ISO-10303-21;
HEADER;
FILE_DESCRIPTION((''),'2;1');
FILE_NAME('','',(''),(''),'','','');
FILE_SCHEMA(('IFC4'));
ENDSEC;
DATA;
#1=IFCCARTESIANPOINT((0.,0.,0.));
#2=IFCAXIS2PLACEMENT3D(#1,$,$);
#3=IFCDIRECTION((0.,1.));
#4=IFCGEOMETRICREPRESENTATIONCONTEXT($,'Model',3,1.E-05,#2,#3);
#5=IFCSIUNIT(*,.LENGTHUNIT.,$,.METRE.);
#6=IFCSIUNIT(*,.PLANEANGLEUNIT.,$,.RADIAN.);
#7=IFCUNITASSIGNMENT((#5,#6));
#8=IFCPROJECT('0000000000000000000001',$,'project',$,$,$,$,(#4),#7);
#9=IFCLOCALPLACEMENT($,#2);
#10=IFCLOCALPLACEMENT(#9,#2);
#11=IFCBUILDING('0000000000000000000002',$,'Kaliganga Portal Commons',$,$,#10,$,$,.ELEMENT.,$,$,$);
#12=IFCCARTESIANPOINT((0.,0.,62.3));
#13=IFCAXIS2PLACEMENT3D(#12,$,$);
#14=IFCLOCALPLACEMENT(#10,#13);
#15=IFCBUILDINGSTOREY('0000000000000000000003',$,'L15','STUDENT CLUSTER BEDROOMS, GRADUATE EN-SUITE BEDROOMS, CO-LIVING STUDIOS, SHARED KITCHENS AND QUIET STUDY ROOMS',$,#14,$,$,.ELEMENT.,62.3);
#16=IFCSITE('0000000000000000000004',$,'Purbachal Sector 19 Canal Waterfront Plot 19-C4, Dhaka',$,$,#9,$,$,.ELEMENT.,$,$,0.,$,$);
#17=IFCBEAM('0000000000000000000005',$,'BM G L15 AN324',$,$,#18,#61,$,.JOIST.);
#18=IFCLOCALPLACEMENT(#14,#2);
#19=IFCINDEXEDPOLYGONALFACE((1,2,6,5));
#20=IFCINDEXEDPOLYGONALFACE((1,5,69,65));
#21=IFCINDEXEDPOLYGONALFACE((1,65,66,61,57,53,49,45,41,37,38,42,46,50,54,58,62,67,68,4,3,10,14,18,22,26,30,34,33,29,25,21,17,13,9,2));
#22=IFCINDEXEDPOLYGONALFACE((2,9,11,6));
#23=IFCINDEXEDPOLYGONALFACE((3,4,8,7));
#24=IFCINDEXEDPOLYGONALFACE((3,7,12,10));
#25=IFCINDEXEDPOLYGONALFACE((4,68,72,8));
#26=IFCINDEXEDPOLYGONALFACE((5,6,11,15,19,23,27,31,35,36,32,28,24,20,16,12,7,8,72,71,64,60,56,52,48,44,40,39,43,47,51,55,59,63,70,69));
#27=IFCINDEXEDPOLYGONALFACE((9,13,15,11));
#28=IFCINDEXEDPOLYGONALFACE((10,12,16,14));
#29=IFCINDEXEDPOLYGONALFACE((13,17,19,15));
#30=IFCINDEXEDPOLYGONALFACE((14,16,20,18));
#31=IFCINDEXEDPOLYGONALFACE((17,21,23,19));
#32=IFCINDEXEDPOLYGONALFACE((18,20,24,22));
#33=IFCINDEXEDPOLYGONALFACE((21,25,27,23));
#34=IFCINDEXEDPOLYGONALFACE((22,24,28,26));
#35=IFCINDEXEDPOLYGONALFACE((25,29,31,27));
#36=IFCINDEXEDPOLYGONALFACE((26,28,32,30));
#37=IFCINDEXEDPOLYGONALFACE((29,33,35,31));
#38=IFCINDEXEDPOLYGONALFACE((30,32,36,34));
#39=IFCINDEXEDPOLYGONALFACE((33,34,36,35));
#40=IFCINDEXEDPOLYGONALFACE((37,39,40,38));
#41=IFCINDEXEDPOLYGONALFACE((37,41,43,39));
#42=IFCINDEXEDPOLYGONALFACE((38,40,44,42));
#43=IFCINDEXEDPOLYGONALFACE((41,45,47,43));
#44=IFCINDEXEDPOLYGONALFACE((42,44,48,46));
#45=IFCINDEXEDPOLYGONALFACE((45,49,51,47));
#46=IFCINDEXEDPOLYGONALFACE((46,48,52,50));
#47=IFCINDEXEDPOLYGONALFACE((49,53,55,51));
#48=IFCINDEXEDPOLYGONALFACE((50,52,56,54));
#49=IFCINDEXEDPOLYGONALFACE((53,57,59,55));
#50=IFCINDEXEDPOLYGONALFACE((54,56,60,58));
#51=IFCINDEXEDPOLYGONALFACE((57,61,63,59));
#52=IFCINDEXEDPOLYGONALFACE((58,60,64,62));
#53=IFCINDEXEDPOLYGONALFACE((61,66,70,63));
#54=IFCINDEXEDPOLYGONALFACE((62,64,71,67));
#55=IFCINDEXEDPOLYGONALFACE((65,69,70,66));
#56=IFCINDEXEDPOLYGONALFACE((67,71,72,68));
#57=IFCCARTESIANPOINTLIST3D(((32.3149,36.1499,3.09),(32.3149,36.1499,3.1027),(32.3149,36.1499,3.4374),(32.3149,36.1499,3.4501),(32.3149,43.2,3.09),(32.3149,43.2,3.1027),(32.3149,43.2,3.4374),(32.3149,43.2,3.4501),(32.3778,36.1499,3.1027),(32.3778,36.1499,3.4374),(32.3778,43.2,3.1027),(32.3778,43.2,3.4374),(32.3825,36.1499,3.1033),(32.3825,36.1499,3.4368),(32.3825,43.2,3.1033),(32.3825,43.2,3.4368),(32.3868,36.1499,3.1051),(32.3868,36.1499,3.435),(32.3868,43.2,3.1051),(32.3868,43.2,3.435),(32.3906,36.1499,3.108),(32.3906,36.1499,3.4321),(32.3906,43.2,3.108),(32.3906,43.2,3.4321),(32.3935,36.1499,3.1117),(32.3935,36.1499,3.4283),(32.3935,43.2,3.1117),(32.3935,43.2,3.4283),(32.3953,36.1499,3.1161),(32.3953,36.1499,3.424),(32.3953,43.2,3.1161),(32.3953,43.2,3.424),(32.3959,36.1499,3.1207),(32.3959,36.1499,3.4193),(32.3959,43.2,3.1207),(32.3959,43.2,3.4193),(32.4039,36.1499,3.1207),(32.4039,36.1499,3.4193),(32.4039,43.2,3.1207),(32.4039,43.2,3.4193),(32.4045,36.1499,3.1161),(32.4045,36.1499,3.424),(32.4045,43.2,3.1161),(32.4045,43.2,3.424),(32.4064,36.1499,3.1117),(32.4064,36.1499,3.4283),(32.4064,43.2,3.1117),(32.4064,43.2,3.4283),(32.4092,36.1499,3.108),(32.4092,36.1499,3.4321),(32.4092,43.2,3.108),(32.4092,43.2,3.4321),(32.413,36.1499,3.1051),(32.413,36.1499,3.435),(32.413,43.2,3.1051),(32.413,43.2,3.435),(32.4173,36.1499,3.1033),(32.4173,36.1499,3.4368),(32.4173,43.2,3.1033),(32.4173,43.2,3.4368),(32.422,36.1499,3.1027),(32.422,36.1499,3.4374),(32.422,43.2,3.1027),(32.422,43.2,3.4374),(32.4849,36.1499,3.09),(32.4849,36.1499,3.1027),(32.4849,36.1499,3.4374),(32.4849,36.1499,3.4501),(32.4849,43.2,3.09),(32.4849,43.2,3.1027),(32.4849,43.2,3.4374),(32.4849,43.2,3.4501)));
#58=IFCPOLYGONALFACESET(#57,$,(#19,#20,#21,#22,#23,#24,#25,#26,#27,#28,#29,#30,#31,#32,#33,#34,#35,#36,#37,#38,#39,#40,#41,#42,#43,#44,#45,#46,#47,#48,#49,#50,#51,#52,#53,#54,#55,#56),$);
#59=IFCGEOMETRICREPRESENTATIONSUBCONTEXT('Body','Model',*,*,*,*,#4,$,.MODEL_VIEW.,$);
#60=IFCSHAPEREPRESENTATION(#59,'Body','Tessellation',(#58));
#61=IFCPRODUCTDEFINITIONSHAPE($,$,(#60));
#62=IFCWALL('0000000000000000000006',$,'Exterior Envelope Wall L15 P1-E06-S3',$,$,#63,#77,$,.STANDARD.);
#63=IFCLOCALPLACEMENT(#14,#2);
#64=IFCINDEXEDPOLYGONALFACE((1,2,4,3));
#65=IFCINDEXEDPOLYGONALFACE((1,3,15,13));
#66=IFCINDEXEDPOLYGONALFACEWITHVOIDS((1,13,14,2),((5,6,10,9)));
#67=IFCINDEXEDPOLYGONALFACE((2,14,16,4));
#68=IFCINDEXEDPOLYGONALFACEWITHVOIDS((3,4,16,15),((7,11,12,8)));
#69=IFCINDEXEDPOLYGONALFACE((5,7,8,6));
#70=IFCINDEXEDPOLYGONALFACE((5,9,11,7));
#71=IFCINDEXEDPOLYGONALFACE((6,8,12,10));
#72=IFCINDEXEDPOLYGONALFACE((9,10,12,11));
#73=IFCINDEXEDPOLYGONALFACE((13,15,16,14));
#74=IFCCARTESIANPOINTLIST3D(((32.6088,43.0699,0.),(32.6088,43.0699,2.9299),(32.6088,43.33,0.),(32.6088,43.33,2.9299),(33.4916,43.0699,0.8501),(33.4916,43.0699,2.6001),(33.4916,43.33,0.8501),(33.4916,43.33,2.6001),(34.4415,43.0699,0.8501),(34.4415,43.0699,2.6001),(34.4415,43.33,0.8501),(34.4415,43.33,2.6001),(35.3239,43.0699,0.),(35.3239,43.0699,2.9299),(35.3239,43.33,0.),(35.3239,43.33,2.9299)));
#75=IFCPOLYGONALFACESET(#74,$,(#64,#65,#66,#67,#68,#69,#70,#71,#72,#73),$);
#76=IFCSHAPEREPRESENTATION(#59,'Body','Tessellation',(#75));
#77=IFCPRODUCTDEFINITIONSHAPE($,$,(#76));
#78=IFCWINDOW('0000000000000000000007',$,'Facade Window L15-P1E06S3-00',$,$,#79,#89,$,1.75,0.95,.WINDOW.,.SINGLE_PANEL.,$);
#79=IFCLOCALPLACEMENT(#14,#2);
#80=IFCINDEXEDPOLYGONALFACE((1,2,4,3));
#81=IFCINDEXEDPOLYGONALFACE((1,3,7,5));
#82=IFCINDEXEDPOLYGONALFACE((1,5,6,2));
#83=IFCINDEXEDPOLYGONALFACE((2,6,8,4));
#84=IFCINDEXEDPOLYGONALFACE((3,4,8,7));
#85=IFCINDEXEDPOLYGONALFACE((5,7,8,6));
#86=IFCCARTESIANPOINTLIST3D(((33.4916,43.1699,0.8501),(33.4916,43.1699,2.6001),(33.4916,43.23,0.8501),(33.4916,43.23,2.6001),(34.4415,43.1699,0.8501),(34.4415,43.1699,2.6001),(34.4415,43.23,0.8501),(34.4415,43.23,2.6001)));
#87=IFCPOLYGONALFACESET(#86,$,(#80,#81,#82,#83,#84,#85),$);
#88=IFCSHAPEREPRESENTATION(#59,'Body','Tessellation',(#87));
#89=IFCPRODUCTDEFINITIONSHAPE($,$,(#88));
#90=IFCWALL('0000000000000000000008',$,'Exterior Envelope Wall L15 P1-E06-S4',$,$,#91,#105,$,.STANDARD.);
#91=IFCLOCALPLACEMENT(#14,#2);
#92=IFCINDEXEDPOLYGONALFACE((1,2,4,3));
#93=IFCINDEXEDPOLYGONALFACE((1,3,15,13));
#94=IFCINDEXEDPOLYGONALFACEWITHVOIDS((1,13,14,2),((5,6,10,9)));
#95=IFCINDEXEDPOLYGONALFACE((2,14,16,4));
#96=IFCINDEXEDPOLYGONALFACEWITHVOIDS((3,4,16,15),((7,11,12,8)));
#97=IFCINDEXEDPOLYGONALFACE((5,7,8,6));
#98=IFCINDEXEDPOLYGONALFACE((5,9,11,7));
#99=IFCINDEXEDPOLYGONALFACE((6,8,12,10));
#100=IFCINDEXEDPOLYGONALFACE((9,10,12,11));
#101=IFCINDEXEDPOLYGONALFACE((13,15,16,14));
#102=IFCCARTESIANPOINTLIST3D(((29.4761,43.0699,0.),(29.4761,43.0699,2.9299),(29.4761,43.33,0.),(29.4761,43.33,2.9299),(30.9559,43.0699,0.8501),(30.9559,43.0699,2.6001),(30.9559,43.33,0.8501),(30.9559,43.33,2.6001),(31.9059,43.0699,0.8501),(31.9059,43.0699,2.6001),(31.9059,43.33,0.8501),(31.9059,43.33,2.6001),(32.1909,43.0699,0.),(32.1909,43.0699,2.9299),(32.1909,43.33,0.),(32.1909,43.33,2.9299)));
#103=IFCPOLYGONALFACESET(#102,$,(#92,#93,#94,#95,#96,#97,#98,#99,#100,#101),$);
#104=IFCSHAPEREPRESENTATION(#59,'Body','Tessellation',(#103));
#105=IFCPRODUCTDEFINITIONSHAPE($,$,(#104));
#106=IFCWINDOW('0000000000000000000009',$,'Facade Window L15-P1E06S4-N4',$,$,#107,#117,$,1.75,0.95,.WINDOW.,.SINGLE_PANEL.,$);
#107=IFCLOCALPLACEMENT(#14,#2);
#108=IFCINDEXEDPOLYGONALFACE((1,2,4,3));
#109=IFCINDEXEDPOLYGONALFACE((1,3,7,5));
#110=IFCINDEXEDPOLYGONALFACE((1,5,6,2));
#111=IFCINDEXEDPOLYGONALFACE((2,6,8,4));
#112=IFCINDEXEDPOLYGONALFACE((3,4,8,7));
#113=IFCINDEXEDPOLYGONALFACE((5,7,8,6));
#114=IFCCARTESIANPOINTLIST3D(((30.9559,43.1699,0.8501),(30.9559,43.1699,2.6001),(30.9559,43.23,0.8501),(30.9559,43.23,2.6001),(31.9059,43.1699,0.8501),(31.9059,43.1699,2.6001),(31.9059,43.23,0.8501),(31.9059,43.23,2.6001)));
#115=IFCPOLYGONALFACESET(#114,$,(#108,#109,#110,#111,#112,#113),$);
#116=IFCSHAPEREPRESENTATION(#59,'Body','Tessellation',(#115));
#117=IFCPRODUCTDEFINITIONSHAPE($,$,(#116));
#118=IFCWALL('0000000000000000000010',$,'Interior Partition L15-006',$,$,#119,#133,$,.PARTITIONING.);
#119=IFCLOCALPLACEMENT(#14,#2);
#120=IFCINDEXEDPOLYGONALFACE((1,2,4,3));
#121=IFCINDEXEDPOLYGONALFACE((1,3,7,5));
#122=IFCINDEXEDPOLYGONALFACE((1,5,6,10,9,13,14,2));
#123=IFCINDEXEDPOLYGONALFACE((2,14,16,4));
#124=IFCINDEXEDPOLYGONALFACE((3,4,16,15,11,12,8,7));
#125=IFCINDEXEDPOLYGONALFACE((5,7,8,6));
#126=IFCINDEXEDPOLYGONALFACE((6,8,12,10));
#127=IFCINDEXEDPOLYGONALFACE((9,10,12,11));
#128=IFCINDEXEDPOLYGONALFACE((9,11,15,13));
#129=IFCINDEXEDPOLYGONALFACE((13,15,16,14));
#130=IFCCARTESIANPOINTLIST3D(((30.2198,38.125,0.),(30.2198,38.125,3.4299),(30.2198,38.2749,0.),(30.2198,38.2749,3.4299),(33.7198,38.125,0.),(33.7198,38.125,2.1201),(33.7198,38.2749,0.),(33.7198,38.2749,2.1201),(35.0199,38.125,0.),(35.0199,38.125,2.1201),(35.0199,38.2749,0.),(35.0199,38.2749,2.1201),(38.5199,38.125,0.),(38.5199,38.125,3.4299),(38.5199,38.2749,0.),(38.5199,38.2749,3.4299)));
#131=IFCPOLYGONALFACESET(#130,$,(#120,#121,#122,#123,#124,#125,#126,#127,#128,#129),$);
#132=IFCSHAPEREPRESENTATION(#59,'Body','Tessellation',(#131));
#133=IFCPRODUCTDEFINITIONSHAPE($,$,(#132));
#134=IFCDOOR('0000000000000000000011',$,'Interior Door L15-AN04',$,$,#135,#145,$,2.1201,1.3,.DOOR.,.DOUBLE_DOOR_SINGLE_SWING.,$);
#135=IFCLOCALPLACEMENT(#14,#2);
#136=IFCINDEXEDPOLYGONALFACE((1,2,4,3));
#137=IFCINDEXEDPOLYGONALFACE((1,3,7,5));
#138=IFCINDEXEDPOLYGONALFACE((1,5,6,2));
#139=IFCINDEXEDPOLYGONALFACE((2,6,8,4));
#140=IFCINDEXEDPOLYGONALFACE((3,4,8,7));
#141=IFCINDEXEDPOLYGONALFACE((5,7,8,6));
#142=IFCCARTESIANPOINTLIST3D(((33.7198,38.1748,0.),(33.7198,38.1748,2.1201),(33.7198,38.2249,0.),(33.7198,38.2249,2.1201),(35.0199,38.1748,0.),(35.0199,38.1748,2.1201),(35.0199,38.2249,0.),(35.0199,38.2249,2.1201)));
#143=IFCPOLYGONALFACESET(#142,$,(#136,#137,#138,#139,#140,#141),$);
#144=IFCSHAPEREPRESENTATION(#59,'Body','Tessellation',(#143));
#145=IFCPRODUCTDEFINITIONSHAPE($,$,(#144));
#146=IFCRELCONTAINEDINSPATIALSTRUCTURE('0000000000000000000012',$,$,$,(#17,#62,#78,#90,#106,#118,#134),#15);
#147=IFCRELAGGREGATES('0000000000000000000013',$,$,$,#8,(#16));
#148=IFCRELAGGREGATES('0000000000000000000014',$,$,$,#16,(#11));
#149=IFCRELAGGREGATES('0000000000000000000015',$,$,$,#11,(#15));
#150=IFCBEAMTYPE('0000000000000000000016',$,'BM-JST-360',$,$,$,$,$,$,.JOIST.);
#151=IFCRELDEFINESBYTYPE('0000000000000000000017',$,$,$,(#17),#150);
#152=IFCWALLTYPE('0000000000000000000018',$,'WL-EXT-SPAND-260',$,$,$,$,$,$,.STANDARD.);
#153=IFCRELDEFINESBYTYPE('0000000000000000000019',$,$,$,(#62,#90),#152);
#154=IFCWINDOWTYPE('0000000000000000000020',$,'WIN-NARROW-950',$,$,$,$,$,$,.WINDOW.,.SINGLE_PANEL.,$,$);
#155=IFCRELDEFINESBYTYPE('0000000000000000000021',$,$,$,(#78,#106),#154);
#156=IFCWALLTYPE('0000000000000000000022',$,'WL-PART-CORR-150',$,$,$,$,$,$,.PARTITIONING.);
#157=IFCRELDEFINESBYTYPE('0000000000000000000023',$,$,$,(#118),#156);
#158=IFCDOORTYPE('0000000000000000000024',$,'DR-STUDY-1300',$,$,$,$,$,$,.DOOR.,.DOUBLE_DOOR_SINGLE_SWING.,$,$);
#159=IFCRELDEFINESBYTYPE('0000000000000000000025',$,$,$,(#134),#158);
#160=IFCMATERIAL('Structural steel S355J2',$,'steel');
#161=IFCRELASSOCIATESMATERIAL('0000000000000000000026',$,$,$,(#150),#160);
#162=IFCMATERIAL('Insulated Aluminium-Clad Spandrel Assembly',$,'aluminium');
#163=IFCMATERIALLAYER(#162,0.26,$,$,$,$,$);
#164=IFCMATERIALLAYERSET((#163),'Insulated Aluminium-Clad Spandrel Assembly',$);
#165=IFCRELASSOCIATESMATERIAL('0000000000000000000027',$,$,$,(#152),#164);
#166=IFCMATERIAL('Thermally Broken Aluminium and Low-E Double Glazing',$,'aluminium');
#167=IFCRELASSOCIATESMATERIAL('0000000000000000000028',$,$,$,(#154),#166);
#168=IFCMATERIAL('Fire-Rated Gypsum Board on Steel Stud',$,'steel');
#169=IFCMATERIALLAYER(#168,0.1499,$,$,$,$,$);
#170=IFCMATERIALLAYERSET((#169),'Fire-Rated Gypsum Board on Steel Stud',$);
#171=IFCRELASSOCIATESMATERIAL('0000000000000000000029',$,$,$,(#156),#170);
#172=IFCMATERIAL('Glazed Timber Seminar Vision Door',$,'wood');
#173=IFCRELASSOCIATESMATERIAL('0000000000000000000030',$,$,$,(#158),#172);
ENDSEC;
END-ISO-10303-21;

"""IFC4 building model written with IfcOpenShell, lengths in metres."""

from ifc_helpers import new_model, si_unit, direction, frame, frame_2d, origin, origin_2d, place, context, subcontext, project, spatial, rectangle, i_section, extrude, source, transform, mapped, material, layer, layer_set, material_profile, profile_set, type_object, element, fill, save


model = new_model("IFC4")

# Units and contexts
model_context = context("Model", 3, precision=1e-05, world=origin(), true_north=direction((0.0, 1.0)))
body_context = subcontext(model_context, "Body", "Model", "MODEL_VIEW")
ifc_project = project(units=[si_unit("LENGTHUNIT", "METRE"), si_unit("PLANEANGLEUNIT", "RADIAN")], contexts=[model_context])

# Site, building, storey
site_placement = place(None, origin())
site = spatial("IfcSite", under=ifc_project, at=site_placement, Name="Purbachal Sector 19 Canal Waterfront Plot 19-C4, Dhaka", CompositionType="ELEMENT", RefElevation=0.0)
building_placement = place(site_placement, origin())
building = spatial("IfcBuilding", under=site, at=building_placement, Name="Kaliganga Portal Commons", CompositionType="ELEMENT")
storey_placement = place(building_placement, frame((0.0, 0.0, 62.3)))
storey = spatial("IfcBuildingStorey", under=building, at=storey_placement, Name="L15", Description="STUDENT CLUSTER BEDROOMS, GRADUATE EN-SUITE BEDROOMS, CO-LIVING STUDIOS, SHARED KITCHENS AND QUIET STUDY ROOMS", CompositionType="ELEMENT", Elevation=62.3)

# Beam
ifc_material_1 = material(Name="Structural steel S355J2", Category="steel")
ifc_material_profile_1 = material_profile(ifc_material_1, i_section(OverallWidth=0.1699, OverallDepth=0.3601, WebThickness=0.0081, FlangeThickness=0.0127, FilletRadius=0.0181, at=origin_2d()), Name="IPE 360")
ifc_profile_set_1 = profile_set([ifc_material_profile_1], Name="Structural steel S355J2 wide-flange")
beam_type_1 = type_object("IfcBeamType", Name="BM-JST-360", PredefinedType="JOIST", material=ifc_profile_set_1)
shared_shape_1 = source(origin(), body_context, "Body", "SweptSolid", [
    extrude(i_section(OverallWidth=0.1699, OverallDepth=0.3601, WebThickness=0.0081, FlangeThickness=0.0127, FilletRadius=0.0181, at=origin_2d()), origin(), (0.0, 0.0, 1.0), 7.05),
])
beam_1_placement = place(storey_placement, frame((32.3999, 36.1499, 3.27), z_axis=(0.0, 1.0, 0.0), x_axis=(-1.0, 0.0, 0.0)))
element("IfcBeam", 1, at=beam_1_placement, inside=storey, type_object=beam_type_1, Name="BM G L15 AN324", PredefinedType="JOIST", context=body_context, shape_type="MappedRepresentation", body=[
    mapped(shared_shape_1, transform((0.0, 0.0, 0.0), x_axis=(1.0, 0.0, 0.0), y_axis=(0.0, 1.0, 0.0), z_axis=(0.0, 0.0, 1.0), scale=1.0)),
])

# Shared definitions
ifc_material_2 = material(Name="Insulated Aluminium-Clad Spandrel Assembly", Category="aluminium")
ifc_layer_1 = layer(ifc_material_2, 0.26)
ifc_layer_set_1 = layer_set([ifc_layer_1], Name="Insulated Aluminium-Clad Spandrel Assembly")
wall_type_1 = type_object("IfcWallType", Name="WL-EXT-SPAND-260", PredefinedType="STANDARD", material=ifc_layer_set_1)
ifc_material_3 = material(Name="Thermally Broken Aluminium and Low-E Double Glazing", Category="aluminium")

# Walls, openings, windows
wall_1_placement = place(storey_placement, frame((32.6089, 43.2, 0.0), z_axis=(0.0, 0.0, 1.0), x_axis=(1.0, 0.0, 0.0)))
wall_1 = element("IfcWall", 2, at=wall_1_placement, inside=storey, type_object=wall_type_1, Name="Exterior Envelope Wall L15 P1-E06-S3", PredefinedType="STANDARD", context=body_context, shape_type="SweptSolid", body=[
    extrude(rectangle(XDim=2.7151, YDim=0.26, at=frame_2d((1.3574, 0.0))), origin(), (0.0, 0.0, 1.0), 2.9299),
])
opening_1_placement = place(wall_1_placement, frame((0.8826, 0.0, 0.8501)))
opening_1 = element("IfcOpeningElement", 3, at=opening_1_placement, cuts=wall_1, PredefinedType="OPENING", context=body_context, shape_type="SweptSolid", body=[
    extrude(rectangle(XDim=0.95, YDim=1.75, at=frame_2d((0.4751, 0.875))), frame((0.0, 0.1401, 0.0), z_axis=(0.0, -1.0, 0.0), x_axis=(1.0, 0.0, 0.0)), (0.0, 0.0, 1.0), 0.28),
])
window_type_1 = type_object("IfcWindowType", Name="WIN-NARROW-950", PartitioningType="SINGLE_PANEL", PredefinedType="WINDOW", material=ifc_material_3)
window_1_placement = place(opening_1_placement, origin())
window_1 = element("IfcWindow", 4, at=window_1_placement, inside=storey, type_object=window_type_1, Name="Facade Window L15-P1E06S3-00", OverallHeight=1.75, OverallWidth=0.95, PartitioningType="SINGLE_PANEL", PredefinedType="WINDOW", context=body_context, shape_type="SweptSolid", body=[
    extrude(rectangle(XDim=0.95, YDim=1.75, at=frame_2d((0.4751, 0.875))), frame((0.0, 0.03, 0.0), z_axis=(0.0, -1.0, 0.0), x_axis=(1.0, 0.0, 0.0)), (0.0, 0.0, 1.0), 0.0601),
])
fill(opening_1, window_1)
wall_2_placement = place(storey_placement, frame((29.4761, 43.2, 0.0), z_axis=(0.0, 0.0, 1.0), x_axis=(1.0, 0.0, 0.0)))
wall_2 = element("IfcWall", 5, at=wall_2_placement, inside=storey, type_object=wall_type_1, Name="Exterior Envelope Wall L15 P1-E06-S4", PredefinedType="STANDARD", context=body_context, shape_type="SweptSolid", body=[
    extrude(rectangle(XDim=2.7148, YDim=0.26, at=frame_2d((1.3574, 0.0))), origin(), (0.0, 0.0, 1.0), 2.9299),
])
opening_2_placement = place(wall_2_placement, frame((1.4797, 0.0, 0.8501)))
opening_2 = element("IfcOpeningElement", 6, at=opening_2_placement, cuts=wall_2, PredefinedType="OPENING", context=body_context, shape_type="SweptSolid", body=[
    extrude(rectangle(XDim=0.95, YDim=1.75, at=frame_2d((0.4751, 0.875))), frame((0.0, 0.1401, 0.0), z_axis=(0.0, -1.0, 0.0), x_axis=(1.0, 0.0, 0.0)), (0.0, 0.0, 1.0), 0.28),
])
window_2_placement = place(opening_2_placement, origin())
window_2 = element("IfcWindow", 7, at=window_2_placement, inside=storey, type_object=window_type_1, Name="Facade Window L15-P1E06S4-N4", OverallHeight=1.75, OverallWidth=0.95, PartitioningType="SINGLE_PANEL", PredefinedType="WINDOW", context=body_context, shape_type="SweptSolid", body=[
    extrude(rectangle(XDim=0.95, YDim=1.75, at=frame_2d((0.4751, 0.875))), frame((0.0, 0.03, 0.0), z_axis=(0.0, -1.0, 0.0), x_axis=(1.0, 0.0, 0.0)), (0.0, 0.0, 1.0), 0.0601),
])
fill(opening_2, window_2)

# Wall, opening, door
ifc_material_4 = material(Name="Fire-Rated Gypsum Board on Steel Stud", Category="steel")
ifc_layer_2 = layer(ifc_material_4, 0.1499)
ifc_layer_set_2 = layer_set([ifc_layer_2], Name="Fire-Rated Gypsum Board on Steel Stud")
wall_type_2 = type_object("IfcWallType", Name="WL-PART-CORR-150", PredefinedType="PARTITIONING", material=ifc_layer_set_2)
wall_3_placement = place(storey_placement, frame((30.22, 38.2, 0.0), z_axis=(0.0, 0.0, 1.0), x_axis=(1.0, 0.0, 0.0)))
wall_3 = element("IfcWall", 8, at=wall_3_placement, inside=storey, type_object=wall_type_2, Name="Interior Partition L15-006", PredefinedType="PARTITIONING", context=body_context, shape_type="SweptSolid", body=[
    extrude(rectangle(XDim=8.3, YDim=0.1499, at=frame_2d((4.1499, 0.0))), origin(), (0.0, 0.0, 1.0), 3.4299),
])
opening_3_placement = place(wall_3_placement, frame((3.5, 0.0, 0.0)))
opening_3 = element("IfcOpeningElement", 9, at=opening_3_placement, cuts=wall_3, PredefinedType="OPENING", context=body_context, shape_type="SweptSolid", body=[
    extrude(rectangle(XDim=1.3, YDim=2.1201, at=frame_2d((0.6499, 1.0601))), frame((0.0, 0.085, 0.0), z_axis=(0.0, -1.0, 0.0), x_axis=(1.0, 0.0, 0.0)), (0.0, 0.0, 1.0), 0.1699),
])
ifc_material_5 = material(Name="Glazed Timber Seminar Vision Door", Category="wood")
door_type_1 = type_object("IfcDoorType", Name="DR-STUDY-1300", OperationType="DOUBLE_DOOR_SINGLE_SWING", PredefinedType="DOOR", material=ifc_material_5)
door_1_placement = place(opening_3_placement, origin())
door_1 = element("IfcDoor", 10, at=door_1_placement, inside=storey, type_object=door_type_1, Name="Interior Door L15-AN04", OperationType="DOUBLE_DOOR_SINGLE_SWING", OverallHeight=2.1201, OverallWidth=1.3, PredefinedType="DOOR", context=body_context, shape_type="SweptSolid", body=[
    extrude(rectangle(XDim=1.3, YDim=2.1201, at=frame_2d((0.6499, 1.0601))), frame((0.0, 0.0249, 0.0), z_axis=(0.0, -1.0, 0.0), x_axis=(1.0, 0.0, 0.0)), (0.0, 0.0, 1.0), 0.05),
])
fill(opening_3, door_1)

save(model, "model.ifc")
